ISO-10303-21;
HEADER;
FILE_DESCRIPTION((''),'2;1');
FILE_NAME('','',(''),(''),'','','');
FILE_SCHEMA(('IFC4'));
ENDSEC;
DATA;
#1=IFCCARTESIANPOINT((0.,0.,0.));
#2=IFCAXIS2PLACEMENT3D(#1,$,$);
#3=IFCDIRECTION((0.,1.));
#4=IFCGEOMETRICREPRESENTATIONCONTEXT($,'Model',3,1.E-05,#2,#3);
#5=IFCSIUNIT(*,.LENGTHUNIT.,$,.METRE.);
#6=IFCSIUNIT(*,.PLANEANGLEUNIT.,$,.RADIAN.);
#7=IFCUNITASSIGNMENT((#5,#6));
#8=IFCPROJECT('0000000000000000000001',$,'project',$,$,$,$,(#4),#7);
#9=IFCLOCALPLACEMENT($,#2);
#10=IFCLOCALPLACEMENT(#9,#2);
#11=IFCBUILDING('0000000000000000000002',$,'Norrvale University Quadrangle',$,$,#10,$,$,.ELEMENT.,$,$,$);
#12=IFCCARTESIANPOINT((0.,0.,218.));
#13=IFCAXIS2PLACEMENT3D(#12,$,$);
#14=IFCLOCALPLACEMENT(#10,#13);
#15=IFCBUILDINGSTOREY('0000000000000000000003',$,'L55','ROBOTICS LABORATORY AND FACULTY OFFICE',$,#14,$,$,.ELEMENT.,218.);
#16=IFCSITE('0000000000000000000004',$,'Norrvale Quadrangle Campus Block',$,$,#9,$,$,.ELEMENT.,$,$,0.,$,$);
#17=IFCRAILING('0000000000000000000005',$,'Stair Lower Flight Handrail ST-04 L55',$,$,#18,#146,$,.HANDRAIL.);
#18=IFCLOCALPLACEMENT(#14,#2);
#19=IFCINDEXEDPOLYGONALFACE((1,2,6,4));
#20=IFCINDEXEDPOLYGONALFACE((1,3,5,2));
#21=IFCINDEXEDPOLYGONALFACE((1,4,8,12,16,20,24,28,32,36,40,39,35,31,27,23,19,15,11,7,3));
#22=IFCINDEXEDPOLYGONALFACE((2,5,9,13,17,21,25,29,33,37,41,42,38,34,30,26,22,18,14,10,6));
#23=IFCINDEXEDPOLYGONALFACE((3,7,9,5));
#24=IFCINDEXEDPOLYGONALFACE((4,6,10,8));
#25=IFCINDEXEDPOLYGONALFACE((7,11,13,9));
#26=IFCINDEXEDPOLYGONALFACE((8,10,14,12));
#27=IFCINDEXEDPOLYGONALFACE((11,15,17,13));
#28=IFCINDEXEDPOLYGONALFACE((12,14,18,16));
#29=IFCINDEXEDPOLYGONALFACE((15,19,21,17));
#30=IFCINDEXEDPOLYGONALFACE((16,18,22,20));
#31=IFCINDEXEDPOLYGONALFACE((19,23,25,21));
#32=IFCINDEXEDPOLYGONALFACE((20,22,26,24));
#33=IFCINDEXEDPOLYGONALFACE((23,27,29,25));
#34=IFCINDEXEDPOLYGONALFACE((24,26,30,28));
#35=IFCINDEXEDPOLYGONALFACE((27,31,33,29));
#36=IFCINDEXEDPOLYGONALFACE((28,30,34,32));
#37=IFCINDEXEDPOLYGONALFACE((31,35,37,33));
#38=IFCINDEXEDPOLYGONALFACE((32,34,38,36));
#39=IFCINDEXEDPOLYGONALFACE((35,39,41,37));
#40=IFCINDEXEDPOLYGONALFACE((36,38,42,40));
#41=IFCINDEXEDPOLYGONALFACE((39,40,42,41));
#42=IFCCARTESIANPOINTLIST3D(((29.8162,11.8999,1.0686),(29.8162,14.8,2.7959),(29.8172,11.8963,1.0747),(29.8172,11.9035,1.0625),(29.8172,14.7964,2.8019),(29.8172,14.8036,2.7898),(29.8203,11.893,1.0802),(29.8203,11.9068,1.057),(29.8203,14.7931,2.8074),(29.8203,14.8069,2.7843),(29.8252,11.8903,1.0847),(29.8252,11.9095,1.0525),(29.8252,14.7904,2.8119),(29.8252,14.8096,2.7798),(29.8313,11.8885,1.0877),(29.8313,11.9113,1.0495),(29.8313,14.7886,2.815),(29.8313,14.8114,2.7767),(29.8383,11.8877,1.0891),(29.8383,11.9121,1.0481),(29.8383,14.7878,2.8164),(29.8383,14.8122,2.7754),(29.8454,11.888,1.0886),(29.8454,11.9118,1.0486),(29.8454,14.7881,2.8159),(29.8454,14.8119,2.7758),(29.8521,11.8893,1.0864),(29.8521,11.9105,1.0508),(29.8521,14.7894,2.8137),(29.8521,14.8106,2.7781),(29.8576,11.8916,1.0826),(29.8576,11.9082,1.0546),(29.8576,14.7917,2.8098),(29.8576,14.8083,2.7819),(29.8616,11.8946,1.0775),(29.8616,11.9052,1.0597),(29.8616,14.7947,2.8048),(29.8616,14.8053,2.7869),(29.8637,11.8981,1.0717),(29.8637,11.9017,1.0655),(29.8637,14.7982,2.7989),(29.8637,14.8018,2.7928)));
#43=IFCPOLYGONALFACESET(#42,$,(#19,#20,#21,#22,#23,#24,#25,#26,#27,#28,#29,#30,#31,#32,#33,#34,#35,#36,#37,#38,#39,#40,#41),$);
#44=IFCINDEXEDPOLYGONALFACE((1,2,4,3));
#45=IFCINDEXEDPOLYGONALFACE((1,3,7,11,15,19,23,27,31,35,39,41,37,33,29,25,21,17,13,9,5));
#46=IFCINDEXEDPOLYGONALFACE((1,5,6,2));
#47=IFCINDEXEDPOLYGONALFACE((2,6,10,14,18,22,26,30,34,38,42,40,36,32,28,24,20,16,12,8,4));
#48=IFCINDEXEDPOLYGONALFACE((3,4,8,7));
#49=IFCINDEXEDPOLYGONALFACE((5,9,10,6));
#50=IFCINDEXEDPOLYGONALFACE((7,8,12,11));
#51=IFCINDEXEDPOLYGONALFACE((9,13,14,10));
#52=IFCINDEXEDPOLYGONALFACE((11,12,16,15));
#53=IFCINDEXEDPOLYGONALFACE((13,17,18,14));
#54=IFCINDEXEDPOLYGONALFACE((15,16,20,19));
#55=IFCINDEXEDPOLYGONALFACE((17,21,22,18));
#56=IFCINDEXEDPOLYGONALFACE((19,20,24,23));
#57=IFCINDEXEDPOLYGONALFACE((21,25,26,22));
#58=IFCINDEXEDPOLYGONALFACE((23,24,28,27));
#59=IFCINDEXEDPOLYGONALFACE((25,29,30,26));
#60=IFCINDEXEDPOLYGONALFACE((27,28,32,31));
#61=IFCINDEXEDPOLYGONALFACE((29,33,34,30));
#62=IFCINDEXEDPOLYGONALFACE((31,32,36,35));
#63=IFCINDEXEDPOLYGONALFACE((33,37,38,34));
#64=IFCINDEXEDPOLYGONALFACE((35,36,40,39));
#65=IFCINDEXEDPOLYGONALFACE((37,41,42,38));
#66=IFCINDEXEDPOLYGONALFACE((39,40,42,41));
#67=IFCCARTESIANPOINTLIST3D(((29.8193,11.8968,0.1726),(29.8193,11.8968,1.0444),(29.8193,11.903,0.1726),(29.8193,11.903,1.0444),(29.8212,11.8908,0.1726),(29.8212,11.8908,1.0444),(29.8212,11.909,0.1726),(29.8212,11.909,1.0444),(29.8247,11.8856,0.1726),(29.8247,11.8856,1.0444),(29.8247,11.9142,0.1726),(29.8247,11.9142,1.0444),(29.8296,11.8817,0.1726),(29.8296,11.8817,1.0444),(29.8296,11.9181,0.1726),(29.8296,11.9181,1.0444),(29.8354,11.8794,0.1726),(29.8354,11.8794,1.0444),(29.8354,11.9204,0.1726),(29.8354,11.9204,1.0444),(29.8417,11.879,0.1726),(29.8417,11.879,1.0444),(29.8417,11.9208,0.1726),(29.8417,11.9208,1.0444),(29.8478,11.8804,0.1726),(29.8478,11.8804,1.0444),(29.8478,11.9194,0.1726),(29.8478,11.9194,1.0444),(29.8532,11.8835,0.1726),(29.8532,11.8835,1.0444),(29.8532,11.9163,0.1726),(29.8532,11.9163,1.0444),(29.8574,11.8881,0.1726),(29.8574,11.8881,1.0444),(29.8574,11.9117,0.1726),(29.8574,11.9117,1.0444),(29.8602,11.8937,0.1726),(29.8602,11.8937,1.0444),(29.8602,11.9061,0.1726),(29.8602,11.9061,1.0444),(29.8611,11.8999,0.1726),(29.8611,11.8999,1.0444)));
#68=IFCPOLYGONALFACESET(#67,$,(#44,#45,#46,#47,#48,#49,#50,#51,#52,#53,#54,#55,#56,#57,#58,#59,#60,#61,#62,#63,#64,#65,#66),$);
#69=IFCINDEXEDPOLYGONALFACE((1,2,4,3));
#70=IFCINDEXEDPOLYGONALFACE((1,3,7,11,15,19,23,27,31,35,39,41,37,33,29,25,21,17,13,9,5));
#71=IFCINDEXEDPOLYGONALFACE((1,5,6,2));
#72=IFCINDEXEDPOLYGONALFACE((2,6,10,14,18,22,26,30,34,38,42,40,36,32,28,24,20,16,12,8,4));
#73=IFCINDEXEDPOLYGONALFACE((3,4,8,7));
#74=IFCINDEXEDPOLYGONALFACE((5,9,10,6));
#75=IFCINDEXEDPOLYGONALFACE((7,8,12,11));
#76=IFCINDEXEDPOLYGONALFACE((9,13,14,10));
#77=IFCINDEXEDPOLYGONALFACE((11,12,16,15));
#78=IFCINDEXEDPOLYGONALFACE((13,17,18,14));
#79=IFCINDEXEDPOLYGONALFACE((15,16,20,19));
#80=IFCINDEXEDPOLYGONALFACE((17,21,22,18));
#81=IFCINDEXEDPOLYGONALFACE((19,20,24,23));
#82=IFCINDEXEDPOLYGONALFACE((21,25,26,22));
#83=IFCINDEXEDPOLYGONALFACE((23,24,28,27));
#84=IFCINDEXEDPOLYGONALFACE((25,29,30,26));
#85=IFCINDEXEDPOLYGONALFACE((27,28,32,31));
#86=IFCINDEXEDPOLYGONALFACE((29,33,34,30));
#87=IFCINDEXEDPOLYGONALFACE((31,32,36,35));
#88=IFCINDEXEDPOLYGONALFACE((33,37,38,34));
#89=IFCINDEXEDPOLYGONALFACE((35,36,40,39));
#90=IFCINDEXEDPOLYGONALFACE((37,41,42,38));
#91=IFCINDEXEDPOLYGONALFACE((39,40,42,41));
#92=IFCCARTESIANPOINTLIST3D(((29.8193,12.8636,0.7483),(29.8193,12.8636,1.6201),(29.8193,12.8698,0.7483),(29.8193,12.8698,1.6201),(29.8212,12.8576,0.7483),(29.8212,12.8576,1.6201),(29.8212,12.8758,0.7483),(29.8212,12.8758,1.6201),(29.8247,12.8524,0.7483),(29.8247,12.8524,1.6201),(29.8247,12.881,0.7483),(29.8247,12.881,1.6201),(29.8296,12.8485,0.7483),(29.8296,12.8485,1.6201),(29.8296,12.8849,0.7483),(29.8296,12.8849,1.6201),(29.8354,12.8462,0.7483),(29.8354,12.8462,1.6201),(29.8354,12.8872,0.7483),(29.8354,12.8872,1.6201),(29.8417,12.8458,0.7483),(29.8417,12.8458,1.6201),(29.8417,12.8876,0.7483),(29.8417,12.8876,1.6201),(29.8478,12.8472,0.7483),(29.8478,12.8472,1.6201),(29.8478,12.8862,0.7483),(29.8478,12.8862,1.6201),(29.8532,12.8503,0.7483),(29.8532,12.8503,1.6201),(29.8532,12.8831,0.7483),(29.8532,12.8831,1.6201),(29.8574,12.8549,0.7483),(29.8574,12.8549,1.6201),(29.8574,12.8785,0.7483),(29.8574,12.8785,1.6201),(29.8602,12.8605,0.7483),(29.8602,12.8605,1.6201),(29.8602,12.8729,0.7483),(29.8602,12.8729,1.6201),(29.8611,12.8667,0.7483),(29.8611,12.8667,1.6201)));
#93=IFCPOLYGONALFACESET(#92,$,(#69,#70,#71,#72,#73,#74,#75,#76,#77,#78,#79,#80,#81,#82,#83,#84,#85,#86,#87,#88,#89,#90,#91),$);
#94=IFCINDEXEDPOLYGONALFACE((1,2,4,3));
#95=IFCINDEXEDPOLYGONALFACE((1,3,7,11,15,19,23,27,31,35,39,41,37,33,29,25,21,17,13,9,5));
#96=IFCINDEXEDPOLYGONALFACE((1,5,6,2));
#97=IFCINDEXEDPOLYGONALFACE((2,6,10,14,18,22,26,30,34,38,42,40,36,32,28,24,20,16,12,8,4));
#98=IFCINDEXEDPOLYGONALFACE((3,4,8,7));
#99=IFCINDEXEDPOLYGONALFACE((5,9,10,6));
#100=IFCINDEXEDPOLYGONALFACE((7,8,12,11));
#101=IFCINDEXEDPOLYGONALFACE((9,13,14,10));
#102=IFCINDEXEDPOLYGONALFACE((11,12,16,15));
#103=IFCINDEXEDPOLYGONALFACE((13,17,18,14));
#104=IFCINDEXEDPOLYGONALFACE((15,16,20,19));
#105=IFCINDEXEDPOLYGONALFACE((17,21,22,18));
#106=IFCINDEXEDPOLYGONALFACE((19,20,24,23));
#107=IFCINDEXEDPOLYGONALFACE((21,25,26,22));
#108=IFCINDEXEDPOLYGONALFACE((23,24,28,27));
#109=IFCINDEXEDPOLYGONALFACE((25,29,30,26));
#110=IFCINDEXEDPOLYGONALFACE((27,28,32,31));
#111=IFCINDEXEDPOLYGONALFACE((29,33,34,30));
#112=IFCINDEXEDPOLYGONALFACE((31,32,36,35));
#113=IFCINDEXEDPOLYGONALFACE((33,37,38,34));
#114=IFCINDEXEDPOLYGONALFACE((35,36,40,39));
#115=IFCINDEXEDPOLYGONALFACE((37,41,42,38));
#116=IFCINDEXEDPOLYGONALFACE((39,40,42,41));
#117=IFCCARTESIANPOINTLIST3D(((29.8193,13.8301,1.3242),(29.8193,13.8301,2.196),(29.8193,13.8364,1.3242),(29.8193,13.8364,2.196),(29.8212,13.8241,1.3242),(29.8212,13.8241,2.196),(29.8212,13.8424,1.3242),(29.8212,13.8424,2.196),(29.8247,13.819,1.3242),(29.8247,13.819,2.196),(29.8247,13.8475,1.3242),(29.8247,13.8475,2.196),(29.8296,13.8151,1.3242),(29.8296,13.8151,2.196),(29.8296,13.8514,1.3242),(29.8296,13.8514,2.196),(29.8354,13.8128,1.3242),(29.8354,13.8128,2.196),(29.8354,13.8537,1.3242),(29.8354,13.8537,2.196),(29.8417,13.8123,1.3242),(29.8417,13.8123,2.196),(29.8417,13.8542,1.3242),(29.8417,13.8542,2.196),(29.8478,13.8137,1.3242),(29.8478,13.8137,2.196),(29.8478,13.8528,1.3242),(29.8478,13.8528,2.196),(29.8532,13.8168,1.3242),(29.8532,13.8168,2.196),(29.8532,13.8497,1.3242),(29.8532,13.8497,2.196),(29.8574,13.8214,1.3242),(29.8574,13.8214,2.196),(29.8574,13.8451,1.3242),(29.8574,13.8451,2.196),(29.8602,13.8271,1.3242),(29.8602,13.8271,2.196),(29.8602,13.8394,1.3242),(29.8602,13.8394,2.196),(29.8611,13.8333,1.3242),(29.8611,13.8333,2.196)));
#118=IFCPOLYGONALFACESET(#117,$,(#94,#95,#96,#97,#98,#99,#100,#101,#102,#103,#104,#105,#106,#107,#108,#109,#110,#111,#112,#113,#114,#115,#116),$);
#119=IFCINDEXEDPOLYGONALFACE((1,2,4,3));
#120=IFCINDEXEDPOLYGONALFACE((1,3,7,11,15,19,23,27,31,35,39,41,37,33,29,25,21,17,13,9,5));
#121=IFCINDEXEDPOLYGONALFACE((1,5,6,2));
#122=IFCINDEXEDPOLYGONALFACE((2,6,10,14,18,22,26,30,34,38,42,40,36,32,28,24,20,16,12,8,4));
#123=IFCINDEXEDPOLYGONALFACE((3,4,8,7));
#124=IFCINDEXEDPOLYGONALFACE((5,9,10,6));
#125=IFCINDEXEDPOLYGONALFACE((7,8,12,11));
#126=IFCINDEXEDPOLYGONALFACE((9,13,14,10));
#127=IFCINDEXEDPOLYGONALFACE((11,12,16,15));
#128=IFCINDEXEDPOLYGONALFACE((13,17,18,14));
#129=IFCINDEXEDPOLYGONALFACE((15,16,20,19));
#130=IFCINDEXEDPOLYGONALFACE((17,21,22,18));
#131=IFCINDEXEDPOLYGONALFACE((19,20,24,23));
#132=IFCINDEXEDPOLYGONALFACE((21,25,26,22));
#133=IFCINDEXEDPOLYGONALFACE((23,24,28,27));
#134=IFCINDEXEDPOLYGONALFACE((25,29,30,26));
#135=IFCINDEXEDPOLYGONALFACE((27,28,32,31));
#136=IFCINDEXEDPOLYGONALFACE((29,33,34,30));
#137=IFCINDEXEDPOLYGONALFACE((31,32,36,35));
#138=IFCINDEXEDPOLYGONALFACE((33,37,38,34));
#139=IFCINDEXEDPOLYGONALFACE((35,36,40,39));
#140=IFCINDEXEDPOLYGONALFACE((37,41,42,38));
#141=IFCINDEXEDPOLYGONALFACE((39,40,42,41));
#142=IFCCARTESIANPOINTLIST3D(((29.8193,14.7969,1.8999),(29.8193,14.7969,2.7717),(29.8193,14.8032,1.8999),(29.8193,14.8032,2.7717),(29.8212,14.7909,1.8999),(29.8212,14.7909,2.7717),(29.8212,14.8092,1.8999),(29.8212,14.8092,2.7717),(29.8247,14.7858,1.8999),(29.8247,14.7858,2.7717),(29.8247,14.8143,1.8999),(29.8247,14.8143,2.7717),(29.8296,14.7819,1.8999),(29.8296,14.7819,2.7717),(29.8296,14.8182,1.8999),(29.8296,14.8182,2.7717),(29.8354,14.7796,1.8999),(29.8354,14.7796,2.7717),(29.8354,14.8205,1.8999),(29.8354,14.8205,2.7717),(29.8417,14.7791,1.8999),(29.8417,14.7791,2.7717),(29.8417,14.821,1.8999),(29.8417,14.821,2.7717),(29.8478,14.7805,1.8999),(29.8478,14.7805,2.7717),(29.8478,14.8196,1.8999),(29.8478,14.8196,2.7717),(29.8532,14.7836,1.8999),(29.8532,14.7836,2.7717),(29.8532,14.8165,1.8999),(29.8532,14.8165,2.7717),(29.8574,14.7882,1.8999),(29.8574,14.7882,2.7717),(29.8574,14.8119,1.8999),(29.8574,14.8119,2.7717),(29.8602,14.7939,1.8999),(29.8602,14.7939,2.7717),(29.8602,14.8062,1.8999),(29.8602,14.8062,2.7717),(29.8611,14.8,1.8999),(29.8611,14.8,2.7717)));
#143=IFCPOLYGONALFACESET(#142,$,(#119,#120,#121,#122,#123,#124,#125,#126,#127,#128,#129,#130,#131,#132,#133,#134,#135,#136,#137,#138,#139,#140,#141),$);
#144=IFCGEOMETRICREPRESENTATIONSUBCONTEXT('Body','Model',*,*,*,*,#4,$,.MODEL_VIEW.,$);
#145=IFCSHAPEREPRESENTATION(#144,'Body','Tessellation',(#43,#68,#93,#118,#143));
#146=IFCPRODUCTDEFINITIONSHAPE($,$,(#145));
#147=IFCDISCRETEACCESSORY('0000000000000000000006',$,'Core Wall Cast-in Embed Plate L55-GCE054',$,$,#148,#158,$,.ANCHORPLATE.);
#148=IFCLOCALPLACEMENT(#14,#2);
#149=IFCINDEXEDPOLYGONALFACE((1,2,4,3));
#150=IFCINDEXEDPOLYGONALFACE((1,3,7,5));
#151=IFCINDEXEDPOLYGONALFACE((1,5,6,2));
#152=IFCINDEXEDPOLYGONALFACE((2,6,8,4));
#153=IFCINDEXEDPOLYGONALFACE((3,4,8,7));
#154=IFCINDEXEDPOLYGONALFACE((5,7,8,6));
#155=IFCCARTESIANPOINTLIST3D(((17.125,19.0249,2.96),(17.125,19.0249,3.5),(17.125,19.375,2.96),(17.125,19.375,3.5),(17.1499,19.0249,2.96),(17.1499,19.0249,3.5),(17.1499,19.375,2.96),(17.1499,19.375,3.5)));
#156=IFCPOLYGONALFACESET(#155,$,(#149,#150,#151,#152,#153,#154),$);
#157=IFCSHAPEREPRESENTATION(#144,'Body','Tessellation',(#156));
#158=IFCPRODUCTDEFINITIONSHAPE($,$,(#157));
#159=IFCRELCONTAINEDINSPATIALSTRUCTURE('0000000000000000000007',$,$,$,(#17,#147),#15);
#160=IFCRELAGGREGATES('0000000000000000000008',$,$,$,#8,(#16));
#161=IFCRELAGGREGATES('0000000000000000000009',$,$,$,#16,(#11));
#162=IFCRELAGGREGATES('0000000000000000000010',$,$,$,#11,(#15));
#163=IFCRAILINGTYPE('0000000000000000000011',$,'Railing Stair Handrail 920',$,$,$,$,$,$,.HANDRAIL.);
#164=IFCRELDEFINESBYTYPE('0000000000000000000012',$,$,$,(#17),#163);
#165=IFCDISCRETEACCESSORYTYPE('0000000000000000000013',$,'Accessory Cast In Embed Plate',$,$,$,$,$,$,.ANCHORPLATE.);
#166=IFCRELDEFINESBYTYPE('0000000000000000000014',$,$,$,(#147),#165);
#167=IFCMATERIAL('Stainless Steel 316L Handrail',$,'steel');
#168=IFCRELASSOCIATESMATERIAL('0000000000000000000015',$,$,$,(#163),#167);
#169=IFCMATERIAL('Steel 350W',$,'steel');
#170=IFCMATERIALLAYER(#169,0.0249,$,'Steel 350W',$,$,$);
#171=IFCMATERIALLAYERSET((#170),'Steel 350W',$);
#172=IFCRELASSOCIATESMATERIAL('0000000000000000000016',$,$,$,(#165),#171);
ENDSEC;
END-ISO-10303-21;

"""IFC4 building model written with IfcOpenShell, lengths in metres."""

from ifc_helpers import new_model, si_unit, direction, frame, origin, origin_2d, place, context, subcontext, project, spatial, rectangle, circle, extrude, material, layer, layer_set, type_object, element, save


model = new_model("IFC4")

# Units and contexts
model_context = context("Model", 3, precision=1e-05, world=origin(), true_north=direction((0.0, 1.0)))
body_context = subcontext(model_context, "Body", "Model", "MODEL_VIEW")
ifc_project = project(units=[si_unit("LENGTHUNIT", "METRE"), si_unit("PLANEANGLEUNIT", "RADIAN")], contexts=[model_context])

# Site, building, storey
site_placement = place(None, origin())
site = spatial("IfcSite", under=ifc_project, at=site_placement, Name="Norrvale Quadrangle Campus Block", CompositionType="ELEMENT", RefElevation=0.0)
building_placement = place(site_placement, origin())
building = spatial("IfcBuilding", under=site, at=building_placement, Name="Norrvale University Quadrangle", CompositionType="ELEMENT")
storey_placement = place(building_placement, frame((0.0, 0.0, 218.0)))
storey = spatial("IfcBuildingStorey", under=building, at=storey_placement, Name="L55", Description="ROBOTICS LABORATORY AND FACULTY OFFICE", CompositionType="ELEMENT", Elevation=218.0)

# Shared definitions
ifc_material_1 = material(Name="Steel 350W", Category="steel")

# Railing
ifc_material_2 = material(Name="Stainless Steel 316L Handrail", Category="steel")
railing_type_1 = type_object("IfcRailingType", Name="Railing Stair Handrail 920", PredefinedType="HANDRAIL", material=ifc_material_2)
railing_1_placement = place(storey_placement, frame((29.8401, 11.8999, 0.1726)))
element("IfcRailing", 1, at=railing_1_placement, inside=storey, type_object=railing_type_1, Name="Stair Lower Flight Handrail ST-04 L55", PredefinedType="HANDRAIL", context=body_context, shape_type="SweptSolid", body=[
    extrude(circle(Radius=0.0239, at=origin_2d()), frame((0.0, 0.0, 0.896), z_axis=(0.0, 0.85916, 0.511706), x_axis=(-1.0, 0.0, 0.0)), (0.0, 0.0, 1.0), 3.3755),
    extrude(circle(Radius=0.021, at=origin_2d()), origin(), (0.0, 0.0, 1.0), 0.8718),
    extrude(circle(Radius=0.021, at=origin_2d()), frame((0.0, 0.9668, 0.5757)), (0.0, 0.0, 1.0), 0.8718),
    extrude(circle(Radius=0.021, at=origin_2d()), frame((0.0, 1.9333, 1.1516)), (0.0, 0.0, 1.0), 0.8718),
    extrude(circle(Radius=0.021, at=origin_2d()), frame((0.0, 2.9001, 1.7273)), (0.0, 0.0, 1.0), 0.8718),
])

# Discrete accessory
ifc_layer_1 = layer(ifc_material_1, 0.0249, Name="Steel 350W")
ifc_layer_set_1 = layer_set([ifc_layer_1], Name="Steel 350W")
discrete_accessory_type = type_object("IfcDiscreteAccessoryType", Name="Accessory Cast In Embed Plate", PredefinedType="ANCHORPLATE", material=ifc_layer_set_1)
discrete_accessory_placement = place(storey_placement, frame((17.1375, 19.2, 2.96), z_axis=(0.0, 0.0, 1.0), x_axis=(1.0, 0.0, 0.0)))
element("IfcDiscreteAccessory", 2, at=discrete_accessory_placement, inside=storey, type_object=discrete_accessory_type, Name="Core Wall Cast-in Embed Plate L55-GCE054", PredefinedType="ANCHORPLATE", context=body_context, shape_type="SweptSolid", body=[
    extrude(rectangle(XDim=0.0249, YDim=0.3501, at=origin_2d()), origin(), (0.0, 0.0, 1.0), 0.54),
])

save(model, "model.ifc")
